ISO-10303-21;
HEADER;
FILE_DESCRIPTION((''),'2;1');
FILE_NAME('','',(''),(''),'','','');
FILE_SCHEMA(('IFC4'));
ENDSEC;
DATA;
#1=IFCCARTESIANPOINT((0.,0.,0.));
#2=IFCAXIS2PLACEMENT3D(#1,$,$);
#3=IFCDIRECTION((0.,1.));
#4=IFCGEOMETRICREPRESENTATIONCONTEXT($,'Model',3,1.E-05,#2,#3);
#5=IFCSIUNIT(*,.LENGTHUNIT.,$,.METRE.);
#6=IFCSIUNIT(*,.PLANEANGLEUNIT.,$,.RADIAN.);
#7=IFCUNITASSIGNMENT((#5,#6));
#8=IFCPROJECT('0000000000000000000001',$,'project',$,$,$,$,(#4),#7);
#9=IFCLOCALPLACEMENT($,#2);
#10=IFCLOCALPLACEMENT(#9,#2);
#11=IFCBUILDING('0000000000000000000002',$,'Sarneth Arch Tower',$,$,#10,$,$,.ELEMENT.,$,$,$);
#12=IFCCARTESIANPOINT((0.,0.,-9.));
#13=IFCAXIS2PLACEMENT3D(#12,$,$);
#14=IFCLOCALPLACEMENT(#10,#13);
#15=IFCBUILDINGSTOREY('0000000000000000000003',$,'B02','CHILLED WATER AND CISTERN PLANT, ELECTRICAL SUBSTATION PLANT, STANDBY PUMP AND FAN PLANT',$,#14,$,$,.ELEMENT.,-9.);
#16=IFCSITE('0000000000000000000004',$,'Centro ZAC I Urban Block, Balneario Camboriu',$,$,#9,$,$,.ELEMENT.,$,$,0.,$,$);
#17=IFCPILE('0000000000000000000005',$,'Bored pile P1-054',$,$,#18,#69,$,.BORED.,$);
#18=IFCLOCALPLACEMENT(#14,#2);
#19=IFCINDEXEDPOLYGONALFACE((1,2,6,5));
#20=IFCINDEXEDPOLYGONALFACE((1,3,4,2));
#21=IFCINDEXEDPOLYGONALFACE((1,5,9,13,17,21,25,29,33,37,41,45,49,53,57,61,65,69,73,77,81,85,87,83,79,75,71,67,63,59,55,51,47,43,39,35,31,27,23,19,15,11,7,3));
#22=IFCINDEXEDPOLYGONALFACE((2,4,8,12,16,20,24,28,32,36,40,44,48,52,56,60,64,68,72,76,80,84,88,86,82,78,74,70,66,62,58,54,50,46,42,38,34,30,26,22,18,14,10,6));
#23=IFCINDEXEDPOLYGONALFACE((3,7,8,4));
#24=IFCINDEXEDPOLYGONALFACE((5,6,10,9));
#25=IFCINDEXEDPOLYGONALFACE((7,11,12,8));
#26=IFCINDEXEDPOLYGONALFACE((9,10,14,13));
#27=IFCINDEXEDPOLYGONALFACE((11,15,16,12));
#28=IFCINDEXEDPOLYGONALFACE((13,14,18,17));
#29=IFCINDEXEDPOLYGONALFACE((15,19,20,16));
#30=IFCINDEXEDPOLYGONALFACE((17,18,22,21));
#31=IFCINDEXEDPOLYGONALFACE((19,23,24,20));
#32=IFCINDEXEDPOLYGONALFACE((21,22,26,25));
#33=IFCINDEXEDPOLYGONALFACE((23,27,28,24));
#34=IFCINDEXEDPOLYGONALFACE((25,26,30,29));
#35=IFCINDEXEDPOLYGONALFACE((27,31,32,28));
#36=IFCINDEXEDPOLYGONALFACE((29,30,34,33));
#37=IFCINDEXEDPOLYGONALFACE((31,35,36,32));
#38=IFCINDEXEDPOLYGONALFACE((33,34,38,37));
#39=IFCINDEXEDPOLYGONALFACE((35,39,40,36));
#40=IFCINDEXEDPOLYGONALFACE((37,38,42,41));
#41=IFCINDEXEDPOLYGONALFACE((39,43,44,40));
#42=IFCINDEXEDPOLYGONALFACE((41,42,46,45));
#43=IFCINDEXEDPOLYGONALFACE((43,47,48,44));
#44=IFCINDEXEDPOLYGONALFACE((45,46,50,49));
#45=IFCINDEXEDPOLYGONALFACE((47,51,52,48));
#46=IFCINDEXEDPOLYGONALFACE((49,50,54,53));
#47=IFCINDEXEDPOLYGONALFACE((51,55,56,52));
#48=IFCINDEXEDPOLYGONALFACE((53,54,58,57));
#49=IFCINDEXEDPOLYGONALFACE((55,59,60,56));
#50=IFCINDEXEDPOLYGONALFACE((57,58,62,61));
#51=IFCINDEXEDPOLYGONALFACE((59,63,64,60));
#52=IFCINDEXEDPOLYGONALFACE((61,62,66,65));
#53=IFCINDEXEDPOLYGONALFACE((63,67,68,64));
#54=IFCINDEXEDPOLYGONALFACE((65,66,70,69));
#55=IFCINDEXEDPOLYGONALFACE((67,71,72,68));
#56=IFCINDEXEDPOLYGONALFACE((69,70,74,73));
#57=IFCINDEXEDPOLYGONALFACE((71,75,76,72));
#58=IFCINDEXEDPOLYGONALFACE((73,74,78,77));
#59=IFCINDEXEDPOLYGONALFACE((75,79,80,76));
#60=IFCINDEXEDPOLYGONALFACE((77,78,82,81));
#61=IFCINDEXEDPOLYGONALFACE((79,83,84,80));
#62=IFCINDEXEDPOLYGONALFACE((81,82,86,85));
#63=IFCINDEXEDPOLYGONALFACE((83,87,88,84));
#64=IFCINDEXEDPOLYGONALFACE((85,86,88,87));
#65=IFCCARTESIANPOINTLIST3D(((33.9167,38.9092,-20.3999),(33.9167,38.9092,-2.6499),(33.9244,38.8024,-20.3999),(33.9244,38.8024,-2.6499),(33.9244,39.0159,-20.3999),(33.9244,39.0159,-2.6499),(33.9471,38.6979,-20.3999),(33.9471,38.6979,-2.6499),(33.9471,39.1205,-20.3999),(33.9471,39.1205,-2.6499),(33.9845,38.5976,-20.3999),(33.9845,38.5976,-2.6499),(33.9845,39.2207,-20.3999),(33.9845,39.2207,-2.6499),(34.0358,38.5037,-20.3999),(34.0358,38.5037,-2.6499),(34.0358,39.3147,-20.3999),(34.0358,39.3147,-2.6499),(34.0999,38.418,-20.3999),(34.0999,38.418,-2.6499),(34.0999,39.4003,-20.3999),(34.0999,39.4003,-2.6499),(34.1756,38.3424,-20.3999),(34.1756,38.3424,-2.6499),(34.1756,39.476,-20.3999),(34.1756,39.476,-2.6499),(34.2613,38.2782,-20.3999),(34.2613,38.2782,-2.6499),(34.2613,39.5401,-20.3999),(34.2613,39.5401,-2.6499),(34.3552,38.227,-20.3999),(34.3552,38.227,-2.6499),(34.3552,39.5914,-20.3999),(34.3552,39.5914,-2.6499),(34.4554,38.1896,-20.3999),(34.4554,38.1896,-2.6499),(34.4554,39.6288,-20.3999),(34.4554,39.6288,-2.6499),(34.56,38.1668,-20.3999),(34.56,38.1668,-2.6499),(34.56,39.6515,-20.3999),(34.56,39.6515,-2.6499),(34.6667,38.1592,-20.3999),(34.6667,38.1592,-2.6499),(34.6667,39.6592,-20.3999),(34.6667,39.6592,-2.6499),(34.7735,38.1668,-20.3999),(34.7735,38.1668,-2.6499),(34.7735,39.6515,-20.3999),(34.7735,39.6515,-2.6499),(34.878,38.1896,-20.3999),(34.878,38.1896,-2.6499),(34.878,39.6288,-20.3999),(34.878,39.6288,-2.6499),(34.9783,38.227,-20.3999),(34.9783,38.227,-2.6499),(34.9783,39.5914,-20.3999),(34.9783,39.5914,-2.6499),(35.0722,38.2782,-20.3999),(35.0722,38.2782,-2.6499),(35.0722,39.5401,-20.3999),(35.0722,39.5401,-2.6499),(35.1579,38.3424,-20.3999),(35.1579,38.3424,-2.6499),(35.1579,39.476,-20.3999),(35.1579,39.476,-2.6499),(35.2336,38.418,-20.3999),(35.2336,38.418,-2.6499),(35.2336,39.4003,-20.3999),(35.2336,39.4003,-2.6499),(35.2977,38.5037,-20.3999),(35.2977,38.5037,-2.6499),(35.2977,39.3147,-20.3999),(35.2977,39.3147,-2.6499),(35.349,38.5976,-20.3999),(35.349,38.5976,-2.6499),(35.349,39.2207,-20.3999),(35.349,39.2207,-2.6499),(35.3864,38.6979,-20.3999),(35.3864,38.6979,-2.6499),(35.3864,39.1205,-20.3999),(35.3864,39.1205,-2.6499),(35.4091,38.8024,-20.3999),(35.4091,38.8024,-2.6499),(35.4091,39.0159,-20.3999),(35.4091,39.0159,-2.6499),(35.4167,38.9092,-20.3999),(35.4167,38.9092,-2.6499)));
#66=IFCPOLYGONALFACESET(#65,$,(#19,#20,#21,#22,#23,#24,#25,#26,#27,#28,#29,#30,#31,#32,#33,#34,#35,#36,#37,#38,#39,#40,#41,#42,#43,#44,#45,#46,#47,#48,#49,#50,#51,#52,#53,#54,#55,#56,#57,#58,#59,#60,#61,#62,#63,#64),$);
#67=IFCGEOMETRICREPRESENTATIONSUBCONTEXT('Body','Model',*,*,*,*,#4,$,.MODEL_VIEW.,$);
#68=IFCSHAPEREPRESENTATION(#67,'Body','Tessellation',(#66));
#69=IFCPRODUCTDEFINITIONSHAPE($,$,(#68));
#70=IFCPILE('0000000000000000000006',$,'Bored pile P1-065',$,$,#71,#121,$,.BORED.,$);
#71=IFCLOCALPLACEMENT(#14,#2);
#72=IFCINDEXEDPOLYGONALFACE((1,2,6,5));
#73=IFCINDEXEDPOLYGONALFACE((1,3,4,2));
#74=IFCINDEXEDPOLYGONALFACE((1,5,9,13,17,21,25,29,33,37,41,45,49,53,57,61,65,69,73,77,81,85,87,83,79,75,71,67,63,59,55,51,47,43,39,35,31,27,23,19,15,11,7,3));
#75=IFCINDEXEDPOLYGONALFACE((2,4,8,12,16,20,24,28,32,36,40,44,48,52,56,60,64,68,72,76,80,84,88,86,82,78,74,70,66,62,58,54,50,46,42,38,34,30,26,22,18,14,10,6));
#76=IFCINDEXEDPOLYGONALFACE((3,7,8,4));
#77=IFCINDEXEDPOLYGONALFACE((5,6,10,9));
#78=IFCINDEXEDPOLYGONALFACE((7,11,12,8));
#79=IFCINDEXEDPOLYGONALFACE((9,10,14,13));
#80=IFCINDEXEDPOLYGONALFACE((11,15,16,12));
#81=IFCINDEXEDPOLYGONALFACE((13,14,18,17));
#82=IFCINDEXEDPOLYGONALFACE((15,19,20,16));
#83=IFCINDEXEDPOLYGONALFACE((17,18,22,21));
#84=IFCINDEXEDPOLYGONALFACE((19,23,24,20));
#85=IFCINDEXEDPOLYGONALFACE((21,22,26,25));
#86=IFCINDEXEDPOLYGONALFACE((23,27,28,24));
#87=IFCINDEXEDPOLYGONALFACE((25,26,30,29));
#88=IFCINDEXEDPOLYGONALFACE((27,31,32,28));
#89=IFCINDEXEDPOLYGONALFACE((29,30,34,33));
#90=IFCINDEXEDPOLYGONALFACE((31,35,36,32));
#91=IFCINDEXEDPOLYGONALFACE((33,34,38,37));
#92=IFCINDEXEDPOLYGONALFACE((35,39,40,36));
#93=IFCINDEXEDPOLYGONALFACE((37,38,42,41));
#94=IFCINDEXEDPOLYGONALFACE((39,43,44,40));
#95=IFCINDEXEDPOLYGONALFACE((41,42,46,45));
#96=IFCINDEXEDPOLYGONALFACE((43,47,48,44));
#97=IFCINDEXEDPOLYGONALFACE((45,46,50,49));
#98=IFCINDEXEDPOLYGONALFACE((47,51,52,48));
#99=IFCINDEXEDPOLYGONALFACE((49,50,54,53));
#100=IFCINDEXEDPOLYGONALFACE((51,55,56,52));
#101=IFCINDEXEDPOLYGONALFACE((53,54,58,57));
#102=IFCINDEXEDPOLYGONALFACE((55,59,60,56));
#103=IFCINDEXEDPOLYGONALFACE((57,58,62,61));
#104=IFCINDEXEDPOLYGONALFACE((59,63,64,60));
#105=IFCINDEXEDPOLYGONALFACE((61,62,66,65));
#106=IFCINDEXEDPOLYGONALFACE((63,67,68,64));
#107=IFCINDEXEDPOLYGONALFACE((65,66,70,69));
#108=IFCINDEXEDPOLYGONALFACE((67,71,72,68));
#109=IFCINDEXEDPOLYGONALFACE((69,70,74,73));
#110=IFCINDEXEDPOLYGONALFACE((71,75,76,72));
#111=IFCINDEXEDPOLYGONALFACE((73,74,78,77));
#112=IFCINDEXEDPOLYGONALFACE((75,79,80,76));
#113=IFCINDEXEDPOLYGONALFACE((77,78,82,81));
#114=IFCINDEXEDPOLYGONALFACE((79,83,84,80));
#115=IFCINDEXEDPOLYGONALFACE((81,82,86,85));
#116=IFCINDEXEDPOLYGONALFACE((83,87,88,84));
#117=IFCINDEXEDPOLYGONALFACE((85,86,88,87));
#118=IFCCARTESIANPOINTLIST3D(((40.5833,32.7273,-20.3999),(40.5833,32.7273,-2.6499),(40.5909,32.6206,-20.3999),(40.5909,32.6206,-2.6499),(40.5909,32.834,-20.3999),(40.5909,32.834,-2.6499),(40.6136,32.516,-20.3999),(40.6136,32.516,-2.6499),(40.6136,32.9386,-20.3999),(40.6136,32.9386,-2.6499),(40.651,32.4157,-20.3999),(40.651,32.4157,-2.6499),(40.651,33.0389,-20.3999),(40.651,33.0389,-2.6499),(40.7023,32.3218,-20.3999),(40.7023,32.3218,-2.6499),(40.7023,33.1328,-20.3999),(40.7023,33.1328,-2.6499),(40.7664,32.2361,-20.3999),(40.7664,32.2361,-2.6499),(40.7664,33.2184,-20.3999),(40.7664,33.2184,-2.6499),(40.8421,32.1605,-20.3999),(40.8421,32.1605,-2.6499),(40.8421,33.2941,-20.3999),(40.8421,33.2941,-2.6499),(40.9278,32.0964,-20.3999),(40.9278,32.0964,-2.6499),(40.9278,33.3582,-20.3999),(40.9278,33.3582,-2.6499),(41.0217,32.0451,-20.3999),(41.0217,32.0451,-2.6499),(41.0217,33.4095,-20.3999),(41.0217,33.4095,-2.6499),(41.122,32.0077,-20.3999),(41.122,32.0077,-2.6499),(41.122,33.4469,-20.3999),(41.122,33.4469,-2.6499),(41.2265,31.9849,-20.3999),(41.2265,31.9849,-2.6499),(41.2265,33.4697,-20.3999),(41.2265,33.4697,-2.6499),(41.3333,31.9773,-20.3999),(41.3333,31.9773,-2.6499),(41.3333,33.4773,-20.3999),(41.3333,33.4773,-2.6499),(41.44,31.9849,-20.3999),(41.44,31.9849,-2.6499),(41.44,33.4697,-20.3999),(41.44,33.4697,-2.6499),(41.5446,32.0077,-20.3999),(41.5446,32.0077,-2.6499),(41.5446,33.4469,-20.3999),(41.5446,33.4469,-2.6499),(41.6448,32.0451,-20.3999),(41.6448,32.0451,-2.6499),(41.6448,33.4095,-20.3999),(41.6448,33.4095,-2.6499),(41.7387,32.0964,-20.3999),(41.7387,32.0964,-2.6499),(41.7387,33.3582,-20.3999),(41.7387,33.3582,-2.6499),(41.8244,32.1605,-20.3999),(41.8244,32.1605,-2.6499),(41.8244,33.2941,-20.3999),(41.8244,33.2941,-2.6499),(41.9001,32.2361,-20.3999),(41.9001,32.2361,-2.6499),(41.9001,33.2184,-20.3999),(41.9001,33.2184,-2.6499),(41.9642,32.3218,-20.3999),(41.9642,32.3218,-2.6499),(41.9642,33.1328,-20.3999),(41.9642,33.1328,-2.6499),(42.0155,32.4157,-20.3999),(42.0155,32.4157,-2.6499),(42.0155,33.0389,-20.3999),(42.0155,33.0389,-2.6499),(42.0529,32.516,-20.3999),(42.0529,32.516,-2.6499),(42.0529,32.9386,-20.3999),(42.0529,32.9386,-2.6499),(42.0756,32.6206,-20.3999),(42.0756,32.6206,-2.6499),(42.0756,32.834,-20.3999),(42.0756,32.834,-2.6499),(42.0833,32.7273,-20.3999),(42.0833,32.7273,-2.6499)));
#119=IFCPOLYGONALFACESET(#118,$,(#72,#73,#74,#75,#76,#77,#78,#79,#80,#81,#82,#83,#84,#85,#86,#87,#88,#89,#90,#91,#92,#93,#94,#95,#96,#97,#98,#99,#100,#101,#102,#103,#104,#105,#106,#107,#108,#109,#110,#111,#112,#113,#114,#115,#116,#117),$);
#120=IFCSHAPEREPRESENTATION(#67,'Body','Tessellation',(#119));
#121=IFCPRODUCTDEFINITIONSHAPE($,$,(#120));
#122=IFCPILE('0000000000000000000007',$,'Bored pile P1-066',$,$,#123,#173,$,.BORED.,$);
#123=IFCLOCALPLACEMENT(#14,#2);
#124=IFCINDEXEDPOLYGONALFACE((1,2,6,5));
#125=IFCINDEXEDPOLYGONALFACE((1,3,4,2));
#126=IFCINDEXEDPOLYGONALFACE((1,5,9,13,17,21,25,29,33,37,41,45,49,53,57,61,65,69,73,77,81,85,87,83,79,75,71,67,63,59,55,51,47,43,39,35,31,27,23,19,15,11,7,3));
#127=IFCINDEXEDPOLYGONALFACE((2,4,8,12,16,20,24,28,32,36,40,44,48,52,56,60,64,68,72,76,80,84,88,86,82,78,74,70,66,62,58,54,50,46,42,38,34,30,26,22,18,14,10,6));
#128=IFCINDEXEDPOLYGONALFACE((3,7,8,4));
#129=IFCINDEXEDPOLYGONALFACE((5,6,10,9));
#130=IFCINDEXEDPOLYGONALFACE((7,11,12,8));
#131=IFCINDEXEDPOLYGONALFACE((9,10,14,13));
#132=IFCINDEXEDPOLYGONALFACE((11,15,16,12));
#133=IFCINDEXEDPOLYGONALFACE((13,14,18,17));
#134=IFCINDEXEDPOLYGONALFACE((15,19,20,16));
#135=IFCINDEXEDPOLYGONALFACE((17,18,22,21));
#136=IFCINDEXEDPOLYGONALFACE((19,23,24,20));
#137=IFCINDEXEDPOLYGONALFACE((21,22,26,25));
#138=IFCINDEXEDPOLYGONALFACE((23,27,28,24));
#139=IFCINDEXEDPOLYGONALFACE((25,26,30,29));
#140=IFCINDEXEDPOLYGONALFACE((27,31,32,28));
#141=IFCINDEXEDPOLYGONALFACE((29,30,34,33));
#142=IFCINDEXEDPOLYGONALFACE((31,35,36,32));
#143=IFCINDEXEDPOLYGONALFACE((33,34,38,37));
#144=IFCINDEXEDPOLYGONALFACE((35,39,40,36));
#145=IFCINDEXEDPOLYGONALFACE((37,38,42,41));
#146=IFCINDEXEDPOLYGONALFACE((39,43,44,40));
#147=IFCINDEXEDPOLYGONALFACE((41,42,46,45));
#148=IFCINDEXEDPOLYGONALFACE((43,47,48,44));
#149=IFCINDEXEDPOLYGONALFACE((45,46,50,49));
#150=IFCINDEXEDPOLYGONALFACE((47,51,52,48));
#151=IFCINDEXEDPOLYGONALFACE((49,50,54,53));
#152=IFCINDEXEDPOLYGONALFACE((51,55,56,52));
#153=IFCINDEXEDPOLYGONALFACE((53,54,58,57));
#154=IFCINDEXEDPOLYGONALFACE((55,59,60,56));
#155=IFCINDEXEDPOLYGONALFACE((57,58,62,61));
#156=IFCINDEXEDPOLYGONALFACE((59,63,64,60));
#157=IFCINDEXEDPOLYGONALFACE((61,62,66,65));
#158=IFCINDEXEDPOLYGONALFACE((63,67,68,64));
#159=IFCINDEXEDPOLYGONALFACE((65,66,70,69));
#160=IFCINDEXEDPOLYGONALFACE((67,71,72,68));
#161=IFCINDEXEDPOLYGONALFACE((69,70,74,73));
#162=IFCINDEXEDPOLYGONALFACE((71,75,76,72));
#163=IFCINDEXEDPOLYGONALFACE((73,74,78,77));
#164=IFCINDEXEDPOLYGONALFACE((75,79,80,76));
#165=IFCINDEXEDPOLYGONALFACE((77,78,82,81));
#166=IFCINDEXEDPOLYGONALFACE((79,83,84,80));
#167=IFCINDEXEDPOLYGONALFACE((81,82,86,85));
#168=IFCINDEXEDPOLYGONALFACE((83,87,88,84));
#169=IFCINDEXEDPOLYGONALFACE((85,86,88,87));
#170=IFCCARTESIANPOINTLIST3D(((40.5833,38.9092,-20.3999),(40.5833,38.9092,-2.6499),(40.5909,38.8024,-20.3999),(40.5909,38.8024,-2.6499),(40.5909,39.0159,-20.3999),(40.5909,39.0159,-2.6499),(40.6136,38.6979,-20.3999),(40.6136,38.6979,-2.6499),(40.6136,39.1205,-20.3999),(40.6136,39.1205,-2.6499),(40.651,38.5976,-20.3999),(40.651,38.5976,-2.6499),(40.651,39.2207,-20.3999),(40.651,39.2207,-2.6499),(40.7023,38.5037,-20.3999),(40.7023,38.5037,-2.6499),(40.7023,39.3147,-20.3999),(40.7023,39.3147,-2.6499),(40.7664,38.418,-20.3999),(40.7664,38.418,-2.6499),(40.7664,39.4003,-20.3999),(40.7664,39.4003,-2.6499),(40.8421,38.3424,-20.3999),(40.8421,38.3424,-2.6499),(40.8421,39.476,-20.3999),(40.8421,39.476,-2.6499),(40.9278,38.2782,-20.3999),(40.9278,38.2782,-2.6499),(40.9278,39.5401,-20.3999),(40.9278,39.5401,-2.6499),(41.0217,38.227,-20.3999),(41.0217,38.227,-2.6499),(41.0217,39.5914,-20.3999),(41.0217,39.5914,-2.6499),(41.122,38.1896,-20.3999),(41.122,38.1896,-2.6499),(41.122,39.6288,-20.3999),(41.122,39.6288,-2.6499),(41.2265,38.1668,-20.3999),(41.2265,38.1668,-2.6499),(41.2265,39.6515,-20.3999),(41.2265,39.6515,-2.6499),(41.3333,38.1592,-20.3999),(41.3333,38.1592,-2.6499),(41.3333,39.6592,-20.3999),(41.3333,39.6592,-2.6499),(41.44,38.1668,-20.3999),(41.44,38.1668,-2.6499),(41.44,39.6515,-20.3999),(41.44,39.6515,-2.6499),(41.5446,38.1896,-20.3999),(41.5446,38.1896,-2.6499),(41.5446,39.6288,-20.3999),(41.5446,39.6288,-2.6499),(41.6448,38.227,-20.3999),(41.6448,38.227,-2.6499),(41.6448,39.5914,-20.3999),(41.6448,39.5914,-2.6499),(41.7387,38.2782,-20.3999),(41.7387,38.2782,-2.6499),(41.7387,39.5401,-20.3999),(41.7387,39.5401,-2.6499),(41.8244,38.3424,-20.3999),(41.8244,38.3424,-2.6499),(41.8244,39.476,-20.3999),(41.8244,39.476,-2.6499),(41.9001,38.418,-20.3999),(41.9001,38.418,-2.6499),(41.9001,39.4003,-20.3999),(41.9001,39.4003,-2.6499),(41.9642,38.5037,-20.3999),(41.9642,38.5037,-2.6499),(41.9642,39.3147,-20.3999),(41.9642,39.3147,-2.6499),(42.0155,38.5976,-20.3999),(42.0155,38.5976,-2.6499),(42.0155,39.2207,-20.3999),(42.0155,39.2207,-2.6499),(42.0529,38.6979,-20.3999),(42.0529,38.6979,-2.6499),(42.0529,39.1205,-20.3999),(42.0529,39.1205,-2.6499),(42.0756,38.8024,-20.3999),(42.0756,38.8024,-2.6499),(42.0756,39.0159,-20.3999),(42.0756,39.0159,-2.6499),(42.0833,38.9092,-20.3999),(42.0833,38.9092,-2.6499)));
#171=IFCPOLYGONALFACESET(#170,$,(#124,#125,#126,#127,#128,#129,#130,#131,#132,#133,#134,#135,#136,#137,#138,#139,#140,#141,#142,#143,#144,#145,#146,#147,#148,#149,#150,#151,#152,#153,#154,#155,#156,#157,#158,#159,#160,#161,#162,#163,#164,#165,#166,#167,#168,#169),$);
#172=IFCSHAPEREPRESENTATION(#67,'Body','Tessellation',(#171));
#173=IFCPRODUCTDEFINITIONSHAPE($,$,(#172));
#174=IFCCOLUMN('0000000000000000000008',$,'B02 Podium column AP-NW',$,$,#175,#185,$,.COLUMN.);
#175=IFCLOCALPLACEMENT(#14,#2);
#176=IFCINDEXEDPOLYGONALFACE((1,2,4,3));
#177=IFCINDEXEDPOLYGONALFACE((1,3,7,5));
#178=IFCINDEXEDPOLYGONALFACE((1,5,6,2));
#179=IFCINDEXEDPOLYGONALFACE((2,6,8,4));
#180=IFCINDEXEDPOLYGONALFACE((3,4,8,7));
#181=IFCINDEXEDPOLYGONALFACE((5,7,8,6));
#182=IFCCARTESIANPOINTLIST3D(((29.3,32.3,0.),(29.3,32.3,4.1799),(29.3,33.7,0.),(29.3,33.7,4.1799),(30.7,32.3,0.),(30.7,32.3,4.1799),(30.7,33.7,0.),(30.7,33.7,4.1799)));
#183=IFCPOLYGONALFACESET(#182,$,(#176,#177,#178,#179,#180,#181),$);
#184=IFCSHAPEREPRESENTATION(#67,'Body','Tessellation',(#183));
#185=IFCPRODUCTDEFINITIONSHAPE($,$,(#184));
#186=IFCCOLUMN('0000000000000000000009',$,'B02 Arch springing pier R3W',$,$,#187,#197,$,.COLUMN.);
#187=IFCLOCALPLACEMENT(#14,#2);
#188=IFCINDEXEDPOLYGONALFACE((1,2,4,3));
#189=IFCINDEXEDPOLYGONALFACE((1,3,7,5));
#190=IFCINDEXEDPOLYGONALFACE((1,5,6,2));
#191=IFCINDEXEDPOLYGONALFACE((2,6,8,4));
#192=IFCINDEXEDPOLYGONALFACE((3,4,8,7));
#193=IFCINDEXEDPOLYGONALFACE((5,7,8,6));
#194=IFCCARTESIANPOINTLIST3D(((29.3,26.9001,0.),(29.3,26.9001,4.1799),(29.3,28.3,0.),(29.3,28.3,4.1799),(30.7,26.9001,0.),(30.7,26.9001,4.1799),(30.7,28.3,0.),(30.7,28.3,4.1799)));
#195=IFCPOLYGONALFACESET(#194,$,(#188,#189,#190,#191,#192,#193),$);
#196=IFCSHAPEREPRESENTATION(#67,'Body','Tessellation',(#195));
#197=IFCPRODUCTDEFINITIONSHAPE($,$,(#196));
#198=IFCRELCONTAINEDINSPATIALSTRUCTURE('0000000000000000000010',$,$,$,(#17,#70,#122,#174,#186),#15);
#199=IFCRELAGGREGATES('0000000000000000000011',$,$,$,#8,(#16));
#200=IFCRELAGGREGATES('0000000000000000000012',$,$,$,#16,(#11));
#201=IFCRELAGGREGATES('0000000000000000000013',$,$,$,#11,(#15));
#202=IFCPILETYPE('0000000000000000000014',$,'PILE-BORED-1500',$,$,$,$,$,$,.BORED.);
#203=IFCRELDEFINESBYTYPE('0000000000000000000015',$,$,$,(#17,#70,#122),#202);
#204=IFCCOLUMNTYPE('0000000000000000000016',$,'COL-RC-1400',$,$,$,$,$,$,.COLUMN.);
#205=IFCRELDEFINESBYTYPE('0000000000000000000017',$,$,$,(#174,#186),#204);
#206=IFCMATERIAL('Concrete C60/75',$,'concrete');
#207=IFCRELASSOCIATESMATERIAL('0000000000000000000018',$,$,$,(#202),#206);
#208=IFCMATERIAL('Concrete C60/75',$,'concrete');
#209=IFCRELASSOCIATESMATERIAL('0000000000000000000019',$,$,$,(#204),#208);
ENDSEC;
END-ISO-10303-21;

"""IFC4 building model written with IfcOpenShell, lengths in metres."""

from ifc_helpers import new_model, si_unit, direction, frame, origin, origin_2d, place, context, subcontext, project, spatial, rectangle, circle, extrude, material, material_profile, profile_set, type_object, element, save


model = new_model("IFC4")

# Units and contexts
model_context = context("Model", 3, precision=1e-05, world=origin(), true_north=direction((0.0, 1.0)))
body_context = subcontext(model_context, "Body", "Model", "MODEL_VIEW")
ifc_project = project(units=[si_unit("LENGTHUNIT", "METRE"), si_unit("PLANEANGLEUNIT", "RADIAN")], contexts=[model_context])

# Site, building, storey
site_placement = place(None, origin())
site = spatial("IfcSite", under=ifc_project, at=site_placement, Name="Centro ZAC I Urban Block, Balneario Camboriu", CompositionType="ELEMENT", RefElevation=0.0)
building_placement = place(site_placement, origin())
building = spatial("IfcBuilding", under=site, at=building_placement, Name="Sarneth Arch Tower", CompositionType="ELEMENT")
storey_placement = place(building_placement, frame((0.0, 0.0, -9.0)))
storey = spatial("IfcBuildingStorey", under=building, at=storey_placement, Name="B02", Description="CHILLED WATER AND CISTERN PLANT, ELECTRICAL SUBSTATION PLANT, STANDBY PUMP AND FAN PLANT", CompositionType="ELEMENT", Elevation=-9.0)

# Piles
ifc_material_1 = material(Name="Concrete C60/75", Category="concrete")
ifc_material_profile_1 = material_profile(ifc_material_1, circle(Radius=0.75, at=origin_2d()), Name="PILE-D1500")
ifc_profile_set_1 = profile_set([ifc_material_profile_1], Name="Concrete C60/75")
pile_type = type_object("IfcPileType", Name="PILE-BORED-1500", PredefinedType="BORED", material=ifc_profile_set_1)
for number, where, z_axis, x_axis, name in (
    (1, (34.6667, 38.9092, -2.6499), (0.0, 0.0, -1.0), (1.0, 0.0, 0.0), "Bored pile P1-054"),
    (2, (41.3333, 32.7273, -2.6499), (0.0, 0.0, -1.0), (1.0, 0.0, 0.0), "Bored pile P1-065"),
    (3, (41.3333, 38.9092, -2.6499), (0.0, 0.0, -1.0), (1.0, 0.0, 0.0), "Bored pile P1-066"),
):
    element("IfcPile", number, at=place(storey_placement, frame(where, z_axis=z_axis, x_axis=x_axis)), inside=storey, type_object=pile_type, Name=name, PredefinedType="BORED", context=body_context, shape_type="SweptSolid", body=[
        extrude(circle(Radius=0.75, at=origin_2d()), origin(), (0.0, 0.0, 1.0), 17.75),
    ])

# Columns
ifc_material_2 = material(Name="Concrete C60/75", Category="concrete")
ifc_material_profile_2 = material_profile(ifc_material_2, rectangle(XDim=1.3999, YDim=1.3999, at=origin_2d()), Name="RC-1400x1400")
ifc_profile_set_2 = profile_set([ifc_material_profile_2], Name="Concrete C60/75")
column_type_1 = type_object("IfcColumnType", Name="COL-RC-1400", PredefinedType="COLUMN", material=ifc_profile_set_2)
for number, where, z_axis, x_axis, name in (
    (4, (30.0, 33.0, 0.0), (0.0, 0.0, 1.0), (1.0, 0.0, 0.0), "B02 Podium column AP-NW"),
    (5, (30.0, 27.6001, 0.0), (0.0, 0.0, 1.0), (1.0, 0.0, 0.0), "B02 Arch springing pier R3W"),
):
    element("IfcColumn", number, at=place(storey_placement, frame(where, z_axis=z_axis, x_axis=x_axis)), inside=storey, type_object=column_type_1, Name=name, PredefinedType="COLUMN", context=body_context, shape_type="SweptSolid", body=[
        extrude(rectangle(XDim=1.3999, YDim=1.3999, at=origin_2d()), origin(), (0.0, 0.0, 1.0), 4.1799),
    ])

save(model, "model.ifc")
